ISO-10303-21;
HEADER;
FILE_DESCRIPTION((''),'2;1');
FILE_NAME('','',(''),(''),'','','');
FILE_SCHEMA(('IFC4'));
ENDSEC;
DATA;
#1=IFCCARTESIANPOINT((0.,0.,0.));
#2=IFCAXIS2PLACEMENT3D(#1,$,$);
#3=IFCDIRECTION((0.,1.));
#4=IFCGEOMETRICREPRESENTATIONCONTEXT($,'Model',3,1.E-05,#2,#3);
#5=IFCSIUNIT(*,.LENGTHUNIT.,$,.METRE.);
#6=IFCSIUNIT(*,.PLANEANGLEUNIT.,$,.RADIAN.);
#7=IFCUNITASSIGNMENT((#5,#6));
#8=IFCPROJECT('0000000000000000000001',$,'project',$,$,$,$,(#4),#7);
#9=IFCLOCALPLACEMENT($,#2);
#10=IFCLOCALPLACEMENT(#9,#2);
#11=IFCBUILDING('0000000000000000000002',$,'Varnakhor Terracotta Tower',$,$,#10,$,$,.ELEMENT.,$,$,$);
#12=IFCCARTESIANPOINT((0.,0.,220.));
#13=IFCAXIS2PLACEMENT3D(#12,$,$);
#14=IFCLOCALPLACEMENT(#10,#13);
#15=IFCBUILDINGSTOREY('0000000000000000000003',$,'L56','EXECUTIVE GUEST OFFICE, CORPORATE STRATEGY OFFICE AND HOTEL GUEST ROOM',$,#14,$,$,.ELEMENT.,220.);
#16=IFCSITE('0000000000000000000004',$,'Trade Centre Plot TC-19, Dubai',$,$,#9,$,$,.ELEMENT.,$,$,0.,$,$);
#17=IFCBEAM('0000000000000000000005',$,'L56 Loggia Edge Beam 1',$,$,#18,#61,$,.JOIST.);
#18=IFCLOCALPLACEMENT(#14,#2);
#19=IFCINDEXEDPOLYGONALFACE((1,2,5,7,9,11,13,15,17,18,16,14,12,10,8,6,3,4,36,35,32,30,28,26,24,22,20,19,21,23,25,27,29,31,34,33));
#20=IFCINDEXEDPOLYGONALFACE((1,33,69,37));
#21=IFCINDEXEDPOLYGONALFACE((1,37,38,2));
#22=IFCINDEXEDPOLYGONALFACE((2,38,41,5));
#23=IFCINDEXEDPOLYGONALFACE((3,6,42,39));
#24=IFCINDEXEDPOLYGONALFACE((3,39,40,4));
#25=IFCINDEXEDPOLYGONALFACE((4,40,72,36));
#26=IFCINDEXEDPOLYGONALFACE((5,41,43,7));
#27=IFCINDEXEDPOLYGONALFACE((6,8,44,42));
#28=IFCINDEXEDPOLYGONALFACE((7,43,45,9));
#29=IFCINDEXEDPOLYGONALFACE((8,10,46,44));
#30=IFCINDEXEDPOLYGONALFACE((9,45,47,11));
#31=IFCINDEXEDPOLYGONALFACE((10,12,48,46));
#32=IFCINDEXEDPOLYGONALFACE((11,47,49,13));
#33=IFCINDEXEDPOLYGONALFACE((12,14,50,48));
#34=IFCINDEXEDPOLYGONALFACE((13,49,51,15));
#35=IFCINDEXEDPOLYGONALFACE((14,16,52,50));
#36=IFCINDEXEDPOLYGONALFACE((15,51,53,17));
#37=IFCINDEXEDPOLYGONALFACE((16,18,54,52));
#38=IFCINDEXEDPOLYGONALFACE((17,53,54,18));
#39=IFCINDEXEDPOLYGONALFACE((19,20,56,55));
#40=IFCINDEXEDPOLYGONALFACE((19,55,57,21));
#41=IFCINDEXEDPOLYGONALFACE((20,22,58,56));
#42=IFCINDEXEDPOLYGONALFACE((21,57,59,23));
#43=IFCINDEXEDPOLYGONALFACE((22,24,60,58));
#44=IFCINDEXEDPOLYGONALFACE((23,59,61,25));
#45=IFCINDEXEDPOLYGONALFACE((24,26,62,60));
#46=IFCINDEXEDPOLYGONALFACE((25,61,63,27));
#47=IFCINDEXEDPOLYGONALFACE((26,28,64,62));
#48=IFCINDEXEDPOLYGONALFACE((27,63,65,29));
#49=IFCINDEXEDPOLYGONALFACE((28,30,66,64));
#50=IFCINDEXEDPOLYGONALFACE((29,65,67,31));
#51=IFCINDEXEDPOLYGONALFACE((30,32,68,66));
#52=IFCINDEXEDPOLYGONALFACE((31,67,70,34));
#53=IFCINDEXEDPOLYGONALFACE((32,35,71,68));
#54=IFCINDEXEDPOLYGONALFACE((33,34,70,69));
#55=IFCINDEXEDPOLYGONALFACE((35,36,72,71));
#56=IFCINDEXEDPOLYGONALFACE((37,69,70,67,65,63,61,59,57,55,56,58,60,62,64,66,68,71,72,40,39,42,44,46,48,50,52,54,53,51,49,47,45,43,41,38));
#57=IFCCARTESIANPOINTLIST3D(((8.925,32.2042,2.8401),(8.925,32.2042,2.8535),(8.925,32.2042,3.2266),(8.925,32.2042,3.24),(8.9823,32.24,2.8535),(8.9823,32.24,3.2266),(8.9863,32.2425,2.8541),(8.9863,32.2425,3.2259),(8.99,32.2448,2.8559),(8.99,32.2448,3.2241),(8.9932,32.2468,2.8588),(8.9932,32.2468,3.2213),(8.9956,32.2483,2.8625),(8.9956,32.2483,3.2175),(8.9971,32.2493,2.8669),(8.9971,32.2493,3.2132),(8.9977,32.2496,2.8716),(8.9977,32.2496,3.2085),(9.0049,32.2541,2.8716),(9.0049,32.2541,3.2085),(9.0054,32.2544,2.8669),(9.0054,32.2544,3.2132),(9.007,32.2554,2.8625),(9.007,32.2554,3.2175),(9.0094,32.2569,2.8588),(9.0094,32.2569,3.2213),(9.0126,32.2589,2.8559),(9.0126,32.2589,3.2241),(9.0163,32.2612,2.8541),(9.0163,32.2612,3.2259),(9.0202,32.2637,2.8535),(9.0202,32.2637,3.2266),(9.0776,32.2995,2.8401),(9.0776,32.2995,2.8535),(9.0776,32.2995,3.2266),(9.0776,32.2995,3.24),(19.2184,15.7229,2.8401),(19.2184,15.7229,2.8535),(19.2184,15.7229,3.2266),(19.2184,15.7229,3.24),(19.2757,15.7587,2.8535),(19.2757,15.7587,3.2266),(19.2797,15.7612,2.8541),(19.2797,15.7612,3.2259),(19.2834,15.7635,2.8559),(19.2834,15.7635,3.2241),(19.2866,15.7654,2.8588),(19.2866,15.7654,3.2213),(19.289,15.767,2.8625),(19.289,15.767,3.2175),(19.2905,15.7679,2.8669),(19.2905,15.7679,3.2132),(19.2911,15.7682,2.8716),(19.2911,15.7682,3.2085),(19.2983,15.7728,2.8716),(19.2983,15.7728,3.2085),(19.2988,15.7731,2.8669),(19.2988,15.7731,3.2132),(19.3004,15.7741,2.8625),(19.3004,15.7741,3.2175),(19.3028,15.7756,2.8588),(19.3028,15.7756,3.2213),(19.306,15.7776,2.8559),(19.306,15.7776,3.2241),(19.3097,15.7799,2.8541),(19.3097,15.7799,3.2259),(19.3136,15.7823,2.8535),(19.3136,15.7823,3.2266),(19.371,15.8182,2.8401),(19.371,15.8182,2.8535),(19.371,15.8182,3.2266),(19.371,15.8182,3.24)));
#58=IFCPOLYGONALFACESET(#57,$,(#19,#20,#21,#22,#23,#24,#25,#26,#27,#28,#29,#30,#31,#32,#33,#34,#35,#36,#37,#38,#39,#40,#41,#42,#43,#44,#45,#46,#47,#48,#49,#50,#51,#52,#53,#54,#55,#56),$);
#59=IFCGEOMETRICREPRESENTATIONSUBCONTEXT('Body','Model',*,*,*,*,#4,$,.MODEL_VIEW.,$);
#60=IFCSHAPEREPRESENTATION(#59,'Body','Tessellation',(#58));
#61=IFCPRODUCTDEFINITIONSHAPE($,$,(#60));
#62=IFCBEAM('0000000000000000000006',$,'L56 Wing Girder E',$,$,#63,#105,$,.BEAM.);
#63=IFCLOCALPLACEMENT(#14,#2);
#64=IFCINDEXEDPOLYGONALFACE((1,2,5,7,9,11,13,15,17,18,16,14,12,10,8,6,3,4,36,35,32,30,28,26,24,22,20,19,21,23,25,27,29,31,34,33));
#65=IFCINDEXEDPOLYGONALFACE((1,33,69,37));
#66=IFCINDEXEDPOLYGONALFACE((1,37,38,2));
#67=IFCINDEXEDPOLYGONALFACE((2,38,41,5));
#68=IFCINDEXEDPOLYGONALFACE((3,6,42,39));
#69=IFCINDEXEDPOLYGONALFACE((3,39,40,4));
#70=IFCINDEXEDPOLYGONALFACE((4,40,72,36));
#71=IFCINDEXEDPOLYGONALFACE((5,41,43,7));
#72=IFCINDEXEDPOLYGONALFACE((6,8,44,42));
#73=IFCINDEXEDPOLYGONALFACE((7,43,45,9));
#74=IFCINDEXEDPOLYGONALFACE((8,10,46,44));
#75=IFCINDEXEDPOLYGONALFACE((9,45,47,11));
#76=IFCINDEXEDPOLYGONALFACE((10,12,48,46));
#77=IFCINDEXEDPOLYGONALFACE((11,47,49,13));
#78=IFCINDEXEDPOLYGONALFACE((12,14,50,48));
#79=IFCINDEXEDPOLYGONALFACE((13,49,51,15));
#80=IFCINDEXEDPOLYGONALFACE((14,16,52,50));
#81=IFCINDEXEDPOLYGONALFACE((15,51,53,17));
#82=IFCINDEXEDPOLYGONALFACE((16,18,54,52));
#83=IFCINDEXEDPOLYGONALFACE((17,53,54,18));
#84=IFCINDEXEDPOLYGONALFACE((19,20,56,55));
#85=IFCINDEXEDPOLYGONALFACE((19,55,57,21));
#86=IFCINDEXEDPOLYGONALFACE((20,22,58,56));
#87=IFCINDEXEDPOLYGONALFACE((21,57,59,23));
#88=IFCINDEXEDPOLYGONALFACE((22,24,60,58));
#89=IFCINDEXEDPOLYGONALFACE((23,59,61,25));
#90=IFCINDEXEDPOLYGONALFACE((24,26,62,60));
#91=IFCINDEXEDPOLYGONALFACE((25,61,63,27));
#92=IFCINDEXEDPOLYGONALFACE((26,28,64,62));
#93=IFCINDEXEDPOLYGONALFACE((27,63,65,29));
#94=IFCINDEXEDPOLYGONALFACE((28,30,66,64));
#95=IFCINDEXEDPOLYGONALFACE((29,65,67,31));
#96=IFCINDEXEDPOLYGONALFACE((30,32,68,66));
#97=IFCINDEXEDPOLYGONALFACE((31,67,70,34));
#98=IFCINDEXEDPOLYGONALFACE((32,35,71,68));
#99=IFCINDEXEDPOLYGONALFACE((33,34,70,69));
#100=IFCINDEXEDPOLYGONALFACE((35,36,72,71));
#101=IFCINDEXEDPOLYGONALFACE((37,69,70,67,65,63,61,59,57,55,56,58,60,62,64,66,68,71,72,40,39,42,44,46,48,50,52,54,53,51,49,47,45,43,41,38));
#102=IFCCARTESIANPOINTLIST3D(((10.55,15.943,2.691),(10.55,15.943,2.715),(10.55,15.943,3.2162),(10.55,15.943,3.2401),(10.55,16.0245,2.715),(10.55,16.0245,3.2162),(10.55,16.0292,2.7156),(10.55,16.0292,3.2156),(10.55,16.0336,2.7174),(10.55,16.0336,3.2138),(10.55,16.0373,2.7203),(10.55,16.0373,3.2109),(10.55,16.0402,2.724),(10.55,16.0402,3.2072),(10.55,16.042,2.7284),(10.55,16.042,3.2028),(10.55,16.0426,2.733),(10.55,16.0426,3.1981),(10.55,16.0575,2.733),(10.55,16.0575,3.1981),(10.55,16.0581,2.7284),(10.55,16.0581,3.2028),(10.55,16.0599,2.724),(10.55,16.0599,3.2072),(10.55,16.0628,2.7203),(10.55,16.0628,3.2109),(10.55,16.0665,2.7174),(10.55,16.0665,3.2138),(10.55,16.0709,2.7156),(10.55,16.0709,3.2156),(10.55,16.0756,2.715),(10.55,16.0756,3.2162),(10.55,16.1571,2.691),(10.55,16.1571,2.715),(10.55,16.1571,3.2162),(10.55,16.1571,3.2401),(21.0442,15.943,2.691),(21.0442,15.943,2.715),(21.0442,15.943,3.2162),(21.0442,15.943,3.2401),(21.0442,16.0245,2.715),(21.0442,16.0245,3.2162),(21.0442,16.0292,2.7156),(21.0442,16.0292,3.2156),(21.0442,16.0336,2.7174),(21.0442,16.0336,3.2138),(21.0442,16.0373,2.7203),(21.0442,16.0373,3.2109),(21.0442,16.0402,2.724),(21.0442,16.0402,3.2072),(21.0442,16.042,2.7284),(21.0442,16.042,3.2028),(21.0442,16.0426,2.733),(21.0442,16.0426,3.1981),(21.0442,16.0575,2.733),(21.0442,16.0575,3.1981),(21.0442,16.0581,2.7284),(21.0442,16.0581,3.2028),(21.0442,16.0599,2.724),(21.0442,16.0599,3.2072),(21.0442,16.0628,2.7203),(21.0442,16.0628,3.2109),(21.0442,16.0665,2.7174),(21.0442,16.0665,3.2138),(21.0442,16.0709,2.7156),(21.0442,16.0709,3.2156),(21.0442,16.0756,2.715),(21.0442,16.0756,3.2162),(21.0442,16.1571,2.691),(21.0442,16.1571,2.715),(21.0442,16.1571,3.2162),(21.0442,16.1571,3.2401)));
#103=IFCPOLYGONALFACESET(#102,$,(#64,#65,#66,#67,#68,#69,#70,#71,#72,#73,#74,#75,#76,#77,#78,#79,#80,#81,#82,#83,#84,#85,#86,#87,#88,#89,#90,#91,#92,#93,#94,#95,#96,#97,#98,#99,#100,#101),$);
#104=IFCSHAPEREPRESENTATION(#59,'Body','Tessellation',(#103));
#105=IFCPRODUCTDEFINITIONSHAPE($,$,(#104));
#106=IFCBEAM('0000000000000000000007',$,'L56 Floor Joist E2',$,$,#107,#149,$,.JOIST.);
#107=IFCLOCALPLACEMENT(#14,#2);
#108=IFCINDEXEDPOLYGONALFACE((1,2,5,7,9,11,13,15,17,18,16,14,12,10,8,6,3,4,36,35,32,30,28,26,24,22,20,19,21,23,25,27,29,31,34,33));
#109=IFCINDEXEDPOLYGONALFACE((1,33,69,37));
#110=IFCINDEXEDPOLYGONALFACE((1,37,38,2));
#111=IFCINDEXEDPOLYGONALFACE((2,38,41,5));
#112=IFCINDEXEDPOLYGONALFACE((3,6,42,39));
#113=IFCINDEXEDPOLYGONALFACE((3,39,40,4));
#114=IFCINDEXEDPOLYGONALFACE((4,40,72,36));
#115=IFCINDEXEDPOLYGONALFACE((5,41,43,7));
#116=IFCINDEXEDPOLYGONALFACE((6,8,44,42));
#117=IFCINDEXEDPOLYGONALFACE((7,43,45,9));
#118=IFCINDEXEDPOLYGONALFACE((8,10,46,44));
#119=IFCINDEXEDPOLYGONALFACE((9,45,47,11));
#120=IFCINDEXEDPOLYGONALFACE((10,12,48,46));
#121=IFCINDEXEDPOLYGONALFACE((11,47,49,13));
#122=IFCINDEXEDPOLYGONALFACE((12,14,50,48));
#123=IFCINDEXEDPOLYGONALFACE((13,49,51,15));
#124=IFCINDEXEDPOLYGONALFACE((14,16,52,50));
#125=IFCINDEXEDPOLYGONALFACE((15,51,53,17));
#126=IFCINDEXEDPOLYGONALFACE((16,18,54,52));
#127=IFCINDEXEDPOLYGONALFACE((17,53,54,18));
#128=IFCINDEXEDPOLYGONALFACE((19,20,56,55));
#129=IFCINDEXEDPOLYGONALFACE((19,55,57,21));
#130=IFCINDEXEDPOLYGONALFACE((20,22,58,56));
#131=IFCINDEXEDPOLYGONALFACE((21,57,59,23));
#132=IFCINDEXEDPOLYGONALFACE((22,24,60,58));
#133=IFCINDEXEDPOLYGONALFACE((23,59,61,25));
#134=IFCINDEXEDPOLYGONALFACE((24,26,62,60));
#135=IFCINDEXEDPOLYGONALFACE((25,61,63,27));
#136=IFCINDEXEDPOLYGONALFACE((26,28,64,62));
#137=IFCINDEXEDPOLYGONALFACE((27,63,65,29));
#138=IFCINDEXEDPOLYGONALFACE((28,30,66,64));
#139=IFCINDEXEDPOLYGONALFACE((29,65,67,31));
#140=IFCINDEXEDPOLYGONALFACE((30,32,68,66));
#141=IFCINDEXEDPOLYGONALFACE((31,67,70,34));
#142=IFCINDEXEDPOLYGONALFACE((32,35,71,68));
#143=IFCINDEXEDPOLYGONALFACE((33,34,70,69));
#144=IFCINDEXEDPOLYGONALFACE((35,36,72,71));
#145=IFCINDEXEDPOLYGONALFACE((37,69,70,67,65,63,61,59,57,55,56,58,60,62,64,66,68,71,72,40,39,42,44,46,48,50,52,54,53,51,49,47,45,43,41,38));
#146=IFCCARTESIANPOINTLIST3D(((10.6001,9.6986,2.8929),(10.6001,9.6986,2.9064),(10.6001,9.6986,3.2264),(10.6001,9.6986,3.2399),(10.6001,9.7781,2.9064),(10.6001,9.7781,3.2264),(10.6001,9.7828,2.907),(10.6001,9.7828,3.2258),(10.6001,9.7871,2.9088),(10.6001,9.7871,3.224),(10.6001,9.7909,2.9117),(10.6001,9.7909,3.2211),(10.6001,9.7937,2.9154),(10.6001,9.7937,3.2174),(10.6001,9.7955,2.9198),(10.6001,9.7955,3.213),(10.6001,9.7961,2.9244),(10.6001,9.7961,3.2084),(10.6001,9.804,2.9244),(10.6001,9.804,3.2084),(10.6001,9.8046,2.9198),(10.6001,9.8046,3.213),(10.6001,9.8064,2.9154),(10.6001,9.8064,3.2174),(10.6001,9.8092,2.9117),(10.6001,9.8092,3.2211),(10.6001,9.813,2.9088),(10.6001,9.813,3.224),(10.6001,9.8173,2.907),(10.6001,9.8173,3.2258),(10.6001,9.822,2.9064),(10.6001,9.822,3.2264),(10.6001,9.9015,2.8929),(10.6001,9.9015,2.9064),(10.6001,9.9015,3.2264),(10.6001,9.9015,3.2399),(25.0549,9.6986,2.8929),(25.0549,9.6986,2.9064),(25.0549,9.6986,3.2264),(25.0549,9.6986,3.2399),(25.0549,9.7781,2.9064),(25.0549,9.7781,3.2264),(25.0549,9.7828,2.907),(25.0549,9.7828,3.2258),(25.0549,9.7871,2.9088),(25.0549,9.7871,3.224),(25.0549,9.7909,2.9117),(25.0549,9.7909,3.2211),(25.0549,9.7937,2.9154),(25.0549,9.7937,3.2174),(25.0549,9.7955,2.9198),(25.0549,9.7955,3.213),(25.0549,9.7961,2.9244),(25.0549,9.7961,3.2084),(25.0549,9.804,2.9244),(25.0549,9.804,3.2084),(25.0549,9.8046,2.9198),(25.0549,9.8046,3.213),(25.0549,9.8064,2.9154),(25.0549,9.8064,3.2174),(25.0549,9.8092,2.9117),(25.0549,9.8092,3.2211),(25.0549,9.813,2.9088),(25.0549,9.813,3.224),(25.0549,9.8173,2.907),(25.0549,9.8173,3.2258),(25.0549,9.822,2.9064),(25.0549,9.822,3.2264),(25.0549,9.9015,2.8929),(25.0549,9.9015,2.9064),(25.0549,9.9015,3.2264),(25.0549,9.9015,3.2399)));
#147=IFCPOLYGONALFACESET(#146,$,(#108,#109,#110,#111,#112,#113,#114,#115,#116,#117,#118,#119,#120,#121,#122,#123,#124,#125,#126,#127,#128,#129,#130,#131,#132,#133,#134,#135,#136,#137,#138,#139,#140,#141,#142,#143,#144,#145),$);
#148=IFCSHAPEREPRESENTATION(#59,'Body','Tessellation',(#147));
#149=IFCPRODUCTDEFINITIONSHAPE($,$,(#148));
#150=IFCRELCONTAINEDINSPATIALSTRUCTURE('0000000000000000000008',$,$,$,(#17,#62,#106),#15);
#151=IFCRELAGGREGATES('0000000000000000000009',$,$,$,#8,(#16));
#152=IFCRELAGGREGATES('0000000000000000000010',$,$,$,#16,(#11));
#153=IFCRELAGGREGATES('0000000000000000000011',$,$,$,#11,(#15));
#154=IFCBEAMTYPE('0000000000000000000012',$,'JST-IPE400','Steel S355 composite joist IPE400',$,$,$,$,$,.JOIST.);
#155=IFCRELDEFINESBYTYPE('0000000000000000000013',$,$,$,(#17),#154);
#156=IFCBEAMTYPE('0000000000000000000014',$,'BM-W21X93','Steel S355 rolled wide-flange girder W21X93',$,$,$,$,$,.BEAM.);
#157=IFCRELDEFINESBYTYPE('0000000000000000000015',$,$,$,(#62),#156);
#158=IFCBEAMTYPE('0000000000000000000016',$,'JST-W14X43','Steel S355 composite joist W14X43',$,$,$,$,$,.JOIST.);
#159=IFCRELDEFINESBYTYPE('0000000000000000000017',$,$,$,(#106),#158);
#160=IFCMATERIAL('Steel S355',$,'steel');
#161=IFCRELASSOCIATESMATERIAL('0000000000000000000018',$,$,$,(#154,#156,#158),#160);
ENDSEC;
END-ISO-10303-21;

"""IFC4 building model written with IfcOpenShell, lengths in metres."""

from ifc_helpers import new_model, si_unit, direction, frame, origin, origin_2d, place, context, subcontext, project, spatial, i_section, extrude, source, transform, mapped, material, material_profile, profile_set, type_object, element, save


model = new_model("IFC4")

# Units and contexts
model_context = context("Model", 3, precision=1e-05, world=origin(), true_north=direction((0.0, 1.0)))
body_context = subcontext(model_context, "Body", "Model", "MODEL_VIEW")
ifc_project = project(units=[si_unit("LENGTHUNIT", "METRE"), si_unit("PLANEANGLEUNIT", "RADIAN")], contexts=[model_context])

# Site, building, storey
site_placement = place(None, origin())
site = spatial("IfcSite", under=ifc_project, at=site_placement, Name="Trade Centre Plot TC-19, Dubai", CompositionType="ELEMENT", RefElevation=0.0)
building_placement = place(site_placement, origin())
building = spatial("IfcBuilding", under=site, at=building_placement, Name="Varnakhor Terracotta Tower", CompositionType="ELEMENT")
storey_placement = place(building_placement, frame((0.0, 0.0, 220.0)))
storey = spatial("IfcBuildingStorey", under=building, at=storey_placement, Name="L56", Description="EXECUTIVE GUEST OFFICE, CORPORATE STRATEGY OFFICE AND HOTEL GUEST ROOM", CompositionType="ELEMENT", Elevation=220.0)

# Beams
ifc_material_1 = material(Name="Steel S355", Category="steel")
ifc_material_profile_1 = material_profile(ifc_material_1, i_section(OverallWidth=0.1799, OverallDepth=0.3999, WebThickness=0.0085, FlangeThickness=0.0134, FilletRadius=0.0181, at=origin_2d()), Name="IPE400")
ifc_profile_set_1 = profile_set([ifc_material_profile_1], Name="Steel S355")
beam_type_1 = type_object("IfcBeamType", Name="JST-IPE400", Description="Steel S355 composite joist IPE400", PredefinedType="JOIST", material=ifc_profile_set_1)
shared_shape_1 = source(origin(), body_context, "Body", "SweptSolid", [
    extrude(i_section(OverallWidth=0.1799, OverallDepth=0.3999, WebThickness=0.0085, FlangeThickness=0.0134, FilletRadius=0.0181, at=origin_2d()), origin(), (0.0, 0.0, 1.0), 19.4316),
])
beam_1_placement = place(storey_placement, frame((19.2947, 15.7705, 3.04), z_axis=(-0.529723, 0.84817, 0.0), x_axis=(-0.84817, -0.529723, 0.0)))
element("IfcBeam", 1, at=beam_1_placement, inside=storey, type_object=beam_type_1, Name="L56 Loggia Edge Beam 1", PredefinedType="JOIST", context=body_context, shape_type="MappedRepresentation", body=[
    mapped(shared_shape_1, transform((0.0, 0.0, 0.0), scale=1.0)),
])
ifc_material_profile_2 = material_profile(ifc_material_1, i_section(OverallWidth=0.2141, OverallDepth=0.5491, WebThickness=0.0149, FlangeThickness=0.0239, FilletRadius=0.0181, at=origin_2d()), Name="W21X93")
ifc_profile_set_2 = profile_set([ifc_material_profile_2], Name="Steel S355")
beam_type_2 = type_object("IfcBeamType", Name="BM-W21X93", Description="Steel S355 rolled wide-flange girder W21X93", PredefinedType="BEAM", material=ifc_profile_set_2)
shared_shape_2 = source(origin(), body_context, "Body", "SweptSolid", [
    extrude(i_section(OverallWidth=0.2141, OverallDepth=0.5491, WebThickness=0.0149, FlangeThickness=0.0239, FilletRadius=0.0181, at=origin_2d()), origin(), (0.0, 0.0, 1.0), 10.4941),
])
beam_2_placement = place(storey_placement, frame((10.55, 16.05, 2.9656), z_axis=(1.0, 0.0, 0.0), x_axis=(0.0, 1.0, 0.0)))
element("IfcBeam", 2, at=beam_2_placement, inside=storey, type_object=beam_type_2, Name="L56 Wing Girder E", PredefinedType="BEAM", context=body_context, shape_type="MappedRepresentation", body=[
    mapped(shared_shape_2, transform((0.0, 0.0, 0.0), scale=1.0)),
])
ifc_material_profile_3 = material_profile(ifc_material_1, i_section(OverallWidth=0.2029, OverallDepth=0.3469, WebThickness=0.0078, FlangeThickness=0.0134, FilletRadius=0.0181, at=origin_2d()), Name="W14X43")
ifc_profile_set_3 = profile_set([ifc_material_profile_3], Name="Steel S355")
beam_type_3 = type_object("IfcBeamType", Name="JST-W14X43", Description="Steel S355 composite joist W14X43", PredefinedType="JOIST", material=ifc_profile_set_3)
shared_shape_3 = source(origin(), body_context, "Body", "SweptSolid", [
    extrude(i_section(OverallWidth=0.2029, OverallDepth=0.3469, WebThickness=0.0078, FlangeThickness=0.0134, FilletRadius=0.0181, at=origin_2d()), origin(), (0.0, 0.0, 1.0), 14.4548),
])
beam_3_placement = place(storey_placement, frame((10.6001, 9.8, 3.0664), z_axis=(1.0, 0.0, 0.0), x_axis=(0.0, 1.0, 0.0)))
element("IfcBeam", 3, at=beam_3_placement, inside=storey, type_object=beam_type_3, Name="L56 Floor Joist E2", PredefinedType="JOIST", context=body_context, shape_type="MappedRepresentation", body=[
    mapped(shared_shape_3, transform((0.0, 0.0, 0.0), scale=1.0)),
])

save(model, "model.ifc")
